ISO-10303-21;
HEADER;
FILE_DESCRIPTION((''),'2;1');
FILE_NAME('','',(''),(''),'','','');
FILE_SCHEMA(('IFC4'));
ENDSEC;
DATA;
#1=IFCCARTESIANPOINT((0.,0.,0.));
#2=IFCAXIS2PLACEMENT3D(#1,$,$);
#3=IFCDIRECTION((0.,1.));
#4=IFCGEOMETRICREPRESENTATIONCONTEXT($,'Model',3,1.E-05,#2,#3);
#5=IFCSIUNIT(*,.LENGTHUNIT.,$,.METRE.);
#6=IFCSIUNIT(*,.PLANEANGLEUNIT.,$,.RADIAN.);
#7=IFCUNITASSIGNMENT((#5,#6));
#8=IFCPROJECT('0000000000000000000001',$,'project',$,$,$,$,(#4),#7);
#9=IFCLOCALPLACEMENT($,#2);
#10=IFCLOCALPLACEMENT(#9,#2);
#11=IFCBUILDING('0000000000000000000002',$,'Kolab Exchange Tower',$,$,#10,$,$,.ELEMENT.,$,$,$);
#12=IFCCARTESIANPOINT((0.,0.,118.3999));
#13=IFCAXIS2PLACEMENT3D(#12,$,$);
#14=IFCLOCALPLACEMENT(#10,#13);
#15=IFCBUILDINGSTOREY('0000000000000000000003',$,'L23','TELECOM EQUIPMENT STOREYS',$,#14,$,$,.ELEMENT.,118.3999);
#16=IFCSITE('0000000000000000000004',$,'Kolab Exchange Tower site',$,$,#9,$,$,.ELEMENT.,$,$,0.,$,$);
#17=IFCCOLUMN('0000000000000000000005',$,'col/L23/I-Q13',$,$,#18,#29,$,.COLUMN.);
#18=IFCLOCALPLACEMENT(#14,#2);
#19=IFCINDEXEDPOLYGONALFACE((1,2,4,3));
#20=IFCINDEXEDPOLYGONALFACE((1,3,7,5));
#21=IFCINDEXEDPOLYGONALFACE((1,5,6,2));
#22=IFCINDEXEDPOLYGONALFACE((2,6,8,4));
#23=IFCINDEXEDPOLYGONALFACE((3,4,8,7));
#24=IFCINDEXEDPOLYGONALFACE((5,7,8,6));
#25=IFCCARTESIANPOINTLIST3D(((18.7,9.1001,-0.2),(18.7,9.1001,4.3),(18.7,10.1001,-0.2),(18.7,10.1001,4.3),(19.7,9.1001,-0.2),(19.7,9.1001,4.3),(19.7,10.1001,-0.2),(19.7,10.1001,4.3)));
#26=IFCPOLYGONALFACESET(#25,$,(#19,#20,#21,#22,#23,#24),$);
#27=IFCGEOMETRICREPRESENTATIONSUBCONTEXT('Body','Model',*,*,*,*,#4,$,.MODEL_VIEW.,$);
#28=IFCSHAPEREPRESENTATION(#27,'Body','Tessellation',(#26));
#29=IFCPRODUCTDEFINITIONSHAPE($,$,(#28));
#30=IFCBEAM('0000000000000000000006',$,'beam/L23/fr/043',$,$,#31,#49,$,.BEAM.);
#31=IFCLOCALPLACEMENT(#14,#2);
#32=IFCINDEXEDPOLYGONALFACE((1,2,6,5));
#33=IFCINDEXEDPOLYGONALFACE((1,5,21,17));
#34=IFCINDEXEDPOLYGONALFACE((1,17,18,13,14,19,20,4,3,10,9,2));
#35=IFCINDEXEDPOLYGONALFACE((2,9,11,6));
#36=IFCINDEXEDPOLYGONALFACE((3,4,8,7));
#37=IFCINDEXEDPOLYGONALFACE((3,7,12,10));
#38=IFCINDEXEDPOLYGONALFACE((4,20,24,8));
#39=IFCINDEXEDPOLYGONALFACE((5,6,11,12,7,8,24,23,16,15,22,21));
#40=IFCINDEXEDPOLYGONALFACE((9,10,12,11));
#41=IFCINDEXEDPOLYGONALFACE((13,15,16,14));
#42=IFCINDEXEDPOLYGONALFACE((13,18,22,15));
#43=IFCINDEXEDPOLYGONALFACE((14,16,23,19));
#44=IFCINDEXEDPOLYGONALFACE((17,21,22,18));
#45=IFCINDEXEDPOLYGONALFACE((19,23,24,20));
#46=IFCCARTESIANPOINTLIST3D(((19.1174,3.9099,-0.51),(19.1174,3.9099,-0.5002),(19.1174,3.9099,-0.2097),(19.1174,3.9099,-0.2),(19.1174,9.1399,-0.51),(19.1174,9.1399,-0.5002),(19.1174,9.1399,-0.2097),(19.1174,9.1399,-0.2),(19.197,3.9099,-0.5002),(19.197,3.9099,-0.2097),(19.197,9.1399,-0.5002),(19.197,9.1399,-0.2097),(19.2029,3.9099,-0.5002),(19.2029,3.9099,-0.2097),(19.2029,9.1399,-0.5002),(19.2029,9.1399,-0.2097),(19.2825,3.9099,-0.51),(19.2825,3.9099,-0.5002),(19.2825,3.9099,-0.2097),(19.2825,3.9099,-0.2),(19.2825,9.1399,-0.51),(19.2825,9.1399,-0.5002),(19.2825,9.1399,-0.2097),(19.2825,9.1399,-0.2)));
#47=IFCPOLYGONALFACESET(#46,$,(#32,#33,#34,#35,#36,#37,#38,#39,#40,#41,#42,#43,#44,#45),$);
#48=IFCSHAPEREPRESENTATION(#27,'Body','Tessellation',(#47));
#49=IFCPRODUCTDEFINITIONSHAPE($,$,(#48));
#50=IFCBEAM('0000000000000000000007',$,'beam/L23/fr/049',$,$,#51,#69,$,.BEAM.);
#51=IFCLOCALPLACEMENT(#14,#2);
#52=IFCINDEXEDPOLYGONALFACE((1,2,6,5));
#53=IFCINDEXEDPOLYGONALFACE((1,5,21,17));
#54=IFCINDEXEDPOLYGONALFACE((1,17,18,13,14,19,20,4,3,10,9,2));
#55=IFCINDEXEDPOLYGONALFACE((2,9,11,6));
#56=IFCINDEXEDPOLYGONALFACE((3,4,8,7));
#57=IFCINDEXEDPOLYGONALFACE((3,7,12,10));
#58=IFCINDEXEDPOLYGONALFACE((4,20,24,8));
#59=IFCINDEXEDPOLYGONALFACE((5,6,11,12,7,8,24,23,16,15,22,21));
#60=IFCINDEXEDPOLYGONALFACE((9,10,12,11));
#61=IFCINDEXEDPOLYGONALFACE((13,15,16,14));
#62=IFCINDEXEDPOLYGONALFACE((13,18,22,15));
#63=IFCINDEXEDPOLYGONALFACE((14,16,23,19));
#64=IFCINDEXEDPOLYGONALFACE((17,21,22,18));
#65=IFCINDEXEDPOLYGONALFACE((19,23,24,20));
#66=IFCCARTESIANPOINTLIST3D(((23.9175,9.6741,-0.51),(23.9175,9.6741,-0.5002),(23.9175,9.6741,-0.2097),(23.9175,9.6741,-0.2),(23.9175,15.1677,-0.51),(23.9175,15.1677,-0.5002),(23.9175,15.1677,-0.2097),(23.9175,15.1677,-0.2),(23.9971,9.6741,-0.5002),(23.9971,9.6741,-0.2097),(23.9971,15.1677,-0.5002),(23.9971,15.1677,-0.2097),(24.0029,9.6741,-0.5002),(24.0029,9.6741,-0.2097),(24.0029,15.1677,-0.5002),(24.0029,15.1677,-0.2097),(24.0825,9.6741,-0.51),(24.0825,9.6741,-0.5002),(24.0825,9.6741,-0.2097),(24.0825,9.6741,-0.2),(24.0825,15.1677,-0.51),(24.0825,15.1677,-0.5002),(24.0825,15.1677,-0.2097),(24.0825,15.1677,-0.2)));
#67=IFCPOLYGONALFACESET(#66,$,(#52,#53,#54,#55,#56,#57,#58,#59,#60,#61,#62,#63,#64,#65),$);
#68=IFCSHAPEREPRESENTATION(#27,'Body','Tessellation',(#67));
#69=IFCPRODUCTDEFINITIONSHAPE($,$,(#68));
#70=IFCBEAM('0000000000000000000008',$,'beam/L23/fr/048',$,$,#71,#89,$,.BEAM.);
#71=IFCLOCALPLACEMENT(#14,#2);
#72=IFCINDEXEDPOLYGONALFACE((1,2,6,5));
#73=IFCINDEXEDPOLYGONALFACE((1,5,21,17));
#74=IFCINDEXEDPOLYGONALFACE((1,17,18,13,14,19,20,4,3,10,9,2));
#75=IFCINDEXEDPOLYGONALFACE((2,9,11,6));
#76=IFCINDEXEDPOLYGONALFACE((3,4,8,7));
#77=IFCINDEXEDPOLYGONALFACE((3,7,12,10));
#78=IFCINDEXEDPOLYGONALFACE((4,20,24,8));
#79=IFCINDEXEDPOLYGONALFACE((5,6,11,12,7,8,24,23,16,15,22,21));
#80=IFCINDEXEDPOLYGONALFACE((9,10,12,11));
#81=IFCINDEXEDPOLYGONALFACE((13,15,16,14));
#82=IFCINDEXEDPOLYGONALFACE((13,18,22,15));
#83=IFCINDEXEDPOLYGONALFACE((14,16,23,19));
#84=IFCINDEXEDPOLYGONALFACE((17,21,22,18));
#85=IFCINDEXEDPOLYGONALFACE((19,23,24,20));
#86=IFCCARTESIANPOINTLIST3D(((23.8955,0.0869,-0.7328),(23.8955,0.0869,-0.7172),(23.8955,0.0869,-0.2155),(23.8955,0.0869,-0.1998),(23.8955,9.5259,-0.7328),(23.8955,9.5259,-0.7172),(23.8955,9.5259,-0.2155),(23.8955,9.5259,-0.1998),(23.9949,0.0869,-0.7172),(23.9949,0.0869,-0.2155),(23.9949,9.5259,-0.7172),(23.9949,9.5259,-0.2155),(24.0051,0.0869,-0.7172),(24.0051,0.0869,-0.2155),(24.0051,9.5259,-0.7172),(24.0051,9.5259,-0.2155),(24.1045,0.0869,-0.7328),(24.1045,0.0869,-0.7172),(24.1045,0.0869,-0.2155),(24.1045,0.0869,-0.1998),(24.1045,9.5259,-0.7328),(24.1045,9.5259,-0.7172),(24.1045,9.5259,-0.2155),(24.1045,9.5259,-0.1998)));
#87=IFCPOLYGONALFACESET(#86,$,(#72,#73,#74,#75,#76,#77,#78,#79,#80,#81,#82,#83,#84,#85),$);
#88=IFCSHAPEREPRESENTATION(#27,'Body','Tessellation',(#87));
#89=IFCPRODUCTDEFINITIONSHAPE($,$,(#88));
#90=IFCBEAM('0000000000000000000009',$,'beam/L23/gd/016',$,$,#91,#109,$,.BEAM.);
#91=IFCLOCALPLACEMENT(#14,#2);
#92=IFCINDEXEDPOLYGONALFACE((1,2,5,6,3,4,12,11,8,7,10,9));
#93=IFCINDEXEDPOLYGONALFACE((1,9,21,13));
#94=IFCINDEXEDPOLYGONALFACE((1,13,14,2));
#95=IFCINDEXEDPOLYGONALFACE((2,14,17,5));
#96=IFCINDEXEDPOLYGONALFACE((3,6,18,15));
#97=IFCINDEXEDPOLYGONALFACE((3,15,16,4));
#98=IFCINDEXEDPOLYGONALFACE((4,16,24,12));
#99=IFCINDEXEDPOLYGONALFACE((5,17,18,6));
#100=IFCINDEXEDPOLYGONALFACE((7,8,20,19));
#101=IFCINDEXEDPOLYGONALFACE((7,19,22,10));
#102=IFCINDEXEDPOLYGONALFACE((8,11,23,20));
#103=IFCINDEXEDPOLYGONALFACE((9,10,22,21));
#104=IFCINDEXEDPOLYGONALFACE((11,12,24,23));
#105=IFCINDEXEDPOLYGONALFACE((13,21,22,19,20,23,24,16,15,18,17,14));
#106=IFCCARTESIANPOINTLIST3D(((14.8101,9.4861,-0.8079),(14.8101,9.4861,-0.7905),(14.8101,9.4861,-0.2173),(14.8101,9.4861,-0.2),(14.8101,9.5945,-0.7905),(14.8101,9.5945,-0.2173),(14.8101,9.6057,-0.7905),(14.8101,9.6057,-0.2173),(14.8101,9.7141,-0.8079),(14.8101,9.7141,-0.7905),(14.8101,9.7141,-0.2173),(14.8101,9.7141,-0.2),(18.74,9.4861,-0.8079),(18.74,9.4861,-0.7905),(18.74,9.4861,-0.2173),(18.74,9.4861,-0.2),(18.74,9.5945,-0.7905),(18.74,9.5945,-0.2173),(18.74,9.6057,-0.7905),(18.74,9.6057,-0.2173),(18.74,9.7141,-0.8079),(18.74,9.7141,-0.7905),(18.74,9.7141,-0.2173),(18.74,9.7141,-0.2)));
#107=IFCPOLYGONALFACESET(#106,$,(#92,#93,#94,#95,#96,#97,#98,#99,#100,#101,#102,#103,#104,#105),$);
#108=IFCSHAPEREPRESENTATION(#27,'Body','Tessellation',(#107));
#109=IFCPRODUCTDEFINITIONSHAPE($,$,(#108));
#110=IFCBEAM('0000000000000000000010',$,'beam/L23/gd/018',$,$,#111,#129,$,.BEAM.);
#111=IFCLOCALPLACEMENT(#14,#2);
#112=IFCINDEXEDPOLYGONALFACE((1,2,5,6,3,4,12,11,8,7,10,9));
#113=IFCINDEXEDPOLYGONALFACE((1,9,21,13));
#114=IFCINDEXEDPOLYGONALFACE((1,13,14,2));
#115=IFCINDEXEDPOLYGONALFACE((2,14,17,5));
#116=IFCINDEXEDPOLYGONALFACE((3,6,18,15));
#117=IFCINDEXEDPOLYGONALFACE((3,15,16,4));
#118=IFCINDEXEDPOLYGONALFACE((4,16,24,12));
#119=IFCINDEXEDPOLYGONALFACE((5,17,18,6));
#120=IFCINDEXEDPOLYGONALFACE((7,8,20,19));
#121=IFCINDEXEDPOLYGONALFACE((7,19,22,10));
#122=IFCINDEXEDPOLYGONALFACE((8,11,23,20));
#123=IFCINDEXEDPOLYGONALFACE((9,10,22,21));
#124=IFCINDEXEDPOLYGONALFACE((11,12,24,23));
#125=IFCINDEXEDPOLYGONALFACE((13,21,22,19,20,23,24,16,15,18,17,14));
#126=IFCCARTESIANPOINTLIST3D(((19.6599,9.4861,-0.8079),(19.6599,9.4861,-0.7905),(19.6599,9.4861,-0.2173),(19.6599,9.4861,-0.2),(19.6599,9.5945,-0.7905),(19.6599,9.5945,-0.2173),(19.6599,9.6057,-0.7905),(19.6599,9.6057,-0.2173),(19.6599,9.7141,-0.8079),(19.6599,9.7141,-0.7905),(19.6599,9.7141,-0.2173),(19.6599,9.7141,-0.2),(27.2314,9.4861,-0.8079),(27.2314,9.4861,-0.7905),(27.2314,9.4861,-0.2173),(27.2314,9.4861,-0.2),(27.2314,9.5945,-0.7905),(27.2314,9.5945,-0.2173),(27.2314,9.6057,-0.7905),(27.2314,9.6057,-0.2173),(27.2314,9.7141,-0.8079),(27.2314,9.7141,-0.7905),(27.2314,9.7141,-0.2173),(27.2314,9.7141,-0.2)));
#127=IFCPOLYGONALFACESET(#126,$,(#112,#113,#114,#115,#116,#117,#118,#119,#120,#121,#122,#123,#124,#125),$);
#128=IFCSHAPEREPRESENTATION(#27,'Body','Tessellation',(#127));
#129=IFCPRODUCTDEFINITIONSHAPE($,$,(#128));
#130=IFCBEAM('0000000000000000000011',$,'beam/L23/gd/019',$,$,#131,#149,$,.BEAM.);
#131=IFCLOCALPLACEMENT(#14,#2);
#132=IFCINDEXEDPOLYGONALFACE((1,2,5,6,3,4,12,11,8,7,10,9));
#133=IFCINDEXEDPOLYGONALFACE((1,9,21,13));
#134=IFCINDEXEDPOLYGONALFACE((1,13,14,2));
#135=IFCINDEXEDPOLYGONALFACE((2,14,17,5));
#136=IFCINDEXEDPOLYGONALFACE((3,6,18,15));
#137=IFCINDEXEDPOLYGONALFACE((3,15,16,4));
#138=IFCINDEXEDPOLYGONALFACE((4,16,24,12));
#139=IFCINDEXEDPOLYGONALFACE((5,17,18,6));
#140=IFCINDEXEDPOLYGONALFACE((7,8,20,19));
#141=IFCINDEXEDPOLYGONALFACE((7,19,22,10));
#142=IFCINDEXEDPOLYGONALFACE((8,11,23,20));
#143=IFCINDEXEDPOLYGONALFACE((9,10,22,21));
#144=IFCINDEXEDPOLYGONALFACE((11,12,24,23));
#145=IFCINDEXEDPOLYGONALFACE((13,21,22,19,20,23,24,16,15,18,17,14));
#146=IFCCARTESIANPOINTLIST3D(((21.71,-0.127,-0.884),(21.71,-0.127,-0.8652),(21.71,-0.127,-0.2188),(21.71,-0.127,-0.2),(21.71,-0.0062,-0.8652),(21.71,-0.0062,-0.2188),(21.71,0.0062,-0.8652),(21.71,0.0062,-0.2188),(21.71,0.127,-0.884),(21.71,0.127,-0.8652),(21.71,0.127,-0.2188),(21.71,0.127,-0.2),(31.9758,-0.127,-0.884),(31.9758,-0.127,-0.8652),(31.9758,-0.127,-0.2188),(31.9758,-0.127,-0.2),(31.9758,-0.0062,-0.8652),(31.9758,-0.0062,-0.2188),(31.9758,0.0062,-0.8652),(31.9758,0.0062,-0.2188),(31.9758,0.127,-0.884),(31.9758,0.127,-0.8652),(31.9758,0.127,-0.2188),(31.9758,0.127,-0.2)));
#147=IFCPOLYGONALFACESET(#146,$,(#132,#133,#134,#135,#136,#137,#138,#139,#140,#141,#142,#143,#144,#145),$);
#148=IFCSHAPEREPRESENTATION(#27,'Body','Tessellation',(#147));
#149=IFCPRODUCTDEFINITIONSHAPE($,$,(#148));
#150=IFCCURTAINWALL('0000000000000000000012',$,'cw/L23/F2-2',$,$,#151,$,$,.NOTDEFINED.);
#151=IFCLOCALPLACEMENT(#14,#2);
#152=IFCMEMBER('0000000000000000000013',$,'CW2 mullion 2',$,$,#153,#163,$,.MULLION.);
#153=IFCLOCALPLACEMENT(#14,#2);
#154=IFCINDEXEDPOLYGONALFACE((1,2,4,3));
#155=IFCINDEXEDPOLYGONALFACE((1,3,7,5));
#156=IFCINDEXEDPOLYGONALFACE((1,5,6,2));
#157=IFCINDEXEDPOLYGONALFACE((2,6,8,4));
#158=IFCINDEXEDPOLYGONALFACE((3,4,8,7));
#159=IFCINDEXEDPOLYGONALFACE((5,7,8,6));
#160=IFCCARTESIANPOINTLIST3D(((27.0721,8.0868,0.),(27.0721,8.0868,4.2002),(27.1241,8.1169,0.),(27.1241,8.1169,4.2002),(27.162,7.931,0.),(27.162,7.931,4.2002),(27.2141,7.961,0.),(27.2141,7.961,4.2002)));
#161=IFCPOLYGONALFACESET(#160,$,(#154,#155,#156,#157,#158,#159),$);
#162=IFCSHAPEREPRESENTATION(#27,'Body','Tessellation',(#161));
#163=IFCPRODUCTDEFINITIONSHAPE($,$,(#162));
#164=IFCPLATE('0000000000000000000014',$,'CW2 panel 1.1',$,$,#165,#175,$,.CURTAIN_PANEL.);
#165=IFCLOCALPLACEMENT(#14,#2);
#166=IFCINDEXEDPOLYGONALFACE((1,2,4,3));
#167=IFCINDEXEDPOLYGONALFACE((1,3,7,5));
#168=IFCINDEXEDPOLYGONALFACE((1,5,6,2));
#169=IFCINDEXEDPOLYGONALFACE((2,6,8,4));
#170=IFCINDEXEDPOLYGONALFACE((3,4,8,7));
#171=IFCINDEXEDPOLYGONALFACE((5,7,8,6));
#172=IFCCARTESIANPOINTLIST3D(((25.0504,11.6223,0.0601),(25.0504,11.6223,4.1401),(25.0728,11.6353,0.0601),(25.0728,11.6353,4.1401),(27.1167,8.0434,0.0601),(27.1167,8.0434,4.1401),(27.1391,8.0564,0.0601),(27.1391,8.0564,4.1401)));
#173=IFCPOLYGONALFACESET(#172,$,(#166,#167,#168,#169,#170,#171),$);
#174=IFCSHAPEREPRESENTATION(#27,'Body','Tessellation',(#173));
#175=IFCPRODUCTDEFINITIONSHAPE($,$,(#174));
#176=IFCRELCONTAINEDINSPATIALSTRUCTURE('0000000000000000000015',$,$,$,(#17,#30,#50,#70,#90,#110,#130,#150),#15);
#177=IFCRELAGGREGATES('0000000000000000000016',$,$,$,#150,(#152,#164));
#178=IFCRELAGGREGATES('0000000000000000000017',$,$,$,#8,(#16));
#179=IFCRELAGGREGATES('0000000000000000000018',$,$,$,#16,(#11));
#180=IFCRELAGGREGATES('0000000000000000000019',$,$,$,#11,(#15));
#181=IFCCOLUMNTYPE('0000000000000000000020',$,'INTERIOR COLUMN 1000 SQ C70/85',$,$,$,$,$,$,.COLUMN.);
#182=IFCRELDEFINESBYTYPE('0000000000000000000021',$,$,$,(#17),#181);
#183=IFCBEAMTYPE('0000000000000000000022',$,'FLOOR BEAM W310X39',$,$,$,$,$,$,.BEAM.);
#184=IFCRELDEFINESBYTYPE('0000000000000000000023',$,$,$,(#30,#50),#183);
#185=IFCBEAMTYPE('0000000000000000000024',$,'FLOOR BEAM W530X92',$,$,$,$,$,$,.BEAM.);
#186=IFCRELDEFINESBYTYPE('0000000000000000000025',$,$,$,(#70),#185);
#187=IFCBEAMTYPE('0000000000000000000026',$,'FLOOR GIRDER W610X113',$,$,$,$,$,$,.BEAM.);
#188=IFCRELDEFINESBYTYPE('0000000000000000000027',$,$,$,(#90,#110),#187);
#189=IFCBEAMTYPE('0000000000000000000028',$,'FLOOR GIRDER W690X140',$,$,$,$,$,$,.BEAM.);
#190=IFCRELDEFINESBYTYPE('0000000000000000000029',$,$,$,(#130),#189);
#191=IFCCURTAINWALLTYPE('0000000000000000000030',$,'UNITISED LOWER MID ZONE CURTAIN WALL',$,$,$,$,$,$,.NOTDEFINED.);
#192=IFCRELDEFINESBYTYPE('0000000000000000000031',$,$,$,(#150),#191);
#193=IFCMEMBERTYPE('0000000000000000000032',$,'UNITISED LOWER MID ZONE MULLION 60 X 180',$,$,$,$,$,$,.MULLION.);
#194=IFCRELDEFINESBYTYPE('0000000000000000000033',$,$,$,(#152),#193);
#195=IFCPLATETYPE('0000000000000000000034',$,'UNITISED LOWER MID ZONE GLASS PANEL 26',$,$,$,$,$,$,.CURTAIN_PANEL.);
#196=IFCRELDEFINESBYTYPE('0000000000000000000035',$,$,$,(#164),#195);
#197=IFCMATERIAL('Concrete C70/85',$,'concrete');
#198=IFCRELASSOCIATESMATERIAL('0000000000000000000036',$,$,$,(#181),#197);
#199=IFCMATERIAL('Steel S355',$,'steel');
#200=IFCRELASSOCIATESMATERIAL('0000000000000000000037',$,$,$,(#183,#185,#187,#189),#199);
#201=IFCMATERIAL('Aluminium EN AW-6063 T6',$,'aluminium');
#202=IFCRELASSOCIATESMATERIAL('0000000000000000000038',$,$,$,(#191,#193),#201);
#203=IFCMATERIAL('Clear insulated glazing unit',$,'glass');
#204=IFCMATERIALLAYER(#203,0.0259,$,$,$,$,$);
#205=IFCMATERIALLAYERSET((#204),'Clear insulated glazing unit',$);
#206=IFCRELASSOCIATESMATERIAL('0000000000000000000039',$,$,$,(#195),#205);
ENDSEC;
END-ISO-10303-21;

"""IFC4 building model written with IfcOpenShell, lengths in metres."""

from ifc_helpers import new_model, si_unit, direction, frame, origin, origin_2d, place, context, subcontext, project, spatial, rectangle, i_section, extrude, material, layer, layer_set, material_profile, profile_set, type_object, element, aggregate, save


model = new_model("IFC4")

# Units and contexts
model_context = context("Model", 3, precision=1e-05, world=origin(), true_north=direction((0.0, 1.0)))
body_context = subcontext(model_context, "Body", "Model", "MODEL_VIEW")
ifc_project = project(units=[si_unit("LENGTHUNIT", "METRE"), si_unit("PLANEANGLEUNIT", "RADIAN")], contexts=[model_context])

# Site, building, storey
site_placement = place(None, origin())
site = spatial("IfcSite", under=ifc_project, at=site_placement, Name="Kolab Exchange Tower site", CompositionType="ELEMENT", RefElevation=0.0)
building_placement = place(site_placement, origin())
building = spatial("IfcBuilding", under=site, at=building_placement, Name="Kolab Exchange Tower", CompositionType="ELEMENT")
storey_placement = place(building_placement, frame((0.0, 0.0, 118.3999)))
storey = spatial("IfcBuildingStorey", under=building, at=storey_placement, Name="L23", Description="TELECOM EQUIPMENT STOREYS", CompositionType="ELEMENT", Elevation=118.3999)

# Column
ifc_material_1 = material(Name="Concrete C70/85", Category="concrete")
ifc_material_profile_1 = material_profile(ifc_material_1, rectangle(XDim=1.0, YDim=1.0, at=origin_2d()), Name="RC1000")
ifc_profile_set_1 = profile_set([ifc_material_profile_1], Name="Concrete C70/85")
column_type = type_object("IfcColumnType", Name="INTERIOR COLUMN 1000 SQ C70/85", PredefinedType="COLUMN", material=ifc_profile_set_1)
column_placement = place(storey_placement, frame((19.2, 9.6001, -0.2), z_axis=(0.0, 0.0, 1.0), x_axis=(1.0, 0.0, 0.0)))
element("IfcColumn", 1, at=column_placement, inside=storey, type_object=column_type, Name="col/L23/I-Q13", PredefinedType="COLUMN", context=body_context, shape_type="SweptSolid", body=[
    extrude(rectangle(XDim=1.0, YDim=1.0, at=origin_2d()), origin(), (0.0, 0.0, 1.0), 4.5),
])

# Beams
ifc_material_2 = material(Name="Steel S355", Category="steel")
ifc_material_profile_2 = material_profile(ifc_material_2, i_section(OverallWidth=0.165, OverallDepth=0.3101, WebThickness=0.0059, FlangeThickness=0.0098, at=origin_2d()), Name="W310X39")
ifc_profile_set_2 = profile_set([ifc_material_profile_2], Name="Steel S355")
beam_type_1 = type_object("IfcBeamType", Name="FLOOR BEAM W310X39", PredefinedType="BEAM", material=ifc_profile_set_2)
beam_1_placement = place(storey_placement, frame((19.2, 3.9099, -0.355), z_axis=(0.0, 1.0, 0.0), x_axis=(-1.0, 0.0, 0.0)))
element("IfcBeam", 2, at=beam_1_placement, inside=storey, type_object=beam_type_1, Name="beam/L23/fr/043", PredefinedType="BEAM", context=body_context, shape_type="SweptSolid", body=[
    extrude(i_section(OverallWidth=0.165, OverallDepth=0.3101, WebThickness=0.0059, FlangeThickness=0.0098, at=origin_2d()), origin(), (0.0, 0.0, 1.0), 5.23),
])
beam_2_placement = place(storey_placement, frame((24.0, 9.6741, -0.355), z_axis=(0.0, 1.0, 0.0), x_axis=(-1.0, 0.0, 0.0)))
element("IfcBeam", 3, at=beam_2_placement, inside=storey, type_object=beam_type_1, Name="beam/L23/fr/049", PredefinedType="BEAM", context=body_context, shape_type="SweptSolid", body=[
    extrude(i_section(OverallWidth=0.165, OverallDepth=0.3101, WebThickness=0.0059, FlangeThickness=0.0098, at=origin_2d()), origin(), (0.0, 0.0, 1.0), 5.4937),
])
ifc_material_profile_3 = material_profile(ifc_material_2, i_section(OverallWidth=0.209, OverallDepth=0.533, WebThickness=0.0103, FlangeThickness=0.0156, at=origin_2d()), Name="W530X92")
ifc_profile_set_3 = profile_set([ifc_material_profile_3], Name="Steel S355")
beam_type_2 = type_object("IfcBeamType", Name="FLOOR BEAM W530X92", PredefinedType="BEAM", material=ifc_profile_set_3)
beam_3_placement = place(storey_placement, frame((24.0, 0.0869, -0.4663), z_axis=(0.0, 1.0, 0.0), x_axis=(-1.0, 0.0, 0.0)))
element("IfcBeam", 4, at=beam_3_placement, inside=storey, type_object=beam_type_2, Name="beam/L23/fr/048", PredefinedType="BEAM", context=body_context, shape_type="SweptSolid", body=[
    extrude(i_section(OverallWidth=0.209, OverallDepth=0.533, WebThickness=0.0103, FlangeThickness=0.0156, at=origin_2d()), origin(), (0.0, 0.0, 1.0), 9.439),
])
ifc_material_profile_4 = material_profile(ifc_material_2, i_section(OverallWidth=0.228, OverallDepth=0.6079, WebThickness=0.0112, FlangeThickness=0.0173, at=origin_2d()), Name="W610X113")
ifc_profile_set_4 = profile_set([ifc_material_profile_4], Name="Steel S355")
beam_type_3 = type_object("IfcBeamType", Name="FLOOR GIRDER W610X113", PredefinedType="BEAM", material=ifc_profile_set_4)
beam_4_placement = place(storey_placement, frame((14.8101, 9.6001, -0.5039), z_axis=(1.0, 0.0, 0.0), x_axis=(0.0, 1.0, 0.0)))
element("IfcBeam", 5, at=beam_4_placement, inside=storey, type_object=beam_type_3, Name="beam/L23/gd/016", PredefinedType="BEAM", context=body_context, shape_type="SweptSolid", body=[
    extrude(i_section(OverallWidth=0.228, OverallDepth=0.6079, WebThickness=0.0112, FlangeThickness=0.0173, at=origin_2d()), origin(), (0.0, 0.0, 1.0), 3.9299),
])
beam_5_placement = place(storey_placement, frame((19.6599, 9.6001, -0.5039), z_axis=(1.0, 0.0, 0.0), x_axis=(0.0, 1.0, 0.0)))
element("IfcBeam", 6, at=beam_5_placement, inside=storey, type_object=beam_type_3, Name="beam/L23/gd/018", PredefinedType="BEAM", context=body_context, shape_type="SweptSolid", body=[
    extrude(i_section(OverallWidth=0.228, OverallDepth=0.6079, WebThickness=0.0112, FlangeThickness=0.0173, at=origin_2d()), origin(), (0.0, 0.0, 1.0), 7.5715),
])
ifc_material_profile_5 = material_profile(ifc_material_2, i_section(OverallWidth=0.2539, OverallDepth=0.6841, WebThickness=0.0125, FlangeThickness=0.0188, at=origin_2d()), Name="W690X140")
ifc_profile_set_5 = profile_set([ifc_material_profile_5], Name="Steel S355")
beam_type_4 = type_object("IfcBeamType", Name="FLOOR GIRDER W690X140", PredefinedType="BEAM", material=ifc_profile_set_5)
beam_6_placement = place(storey_placement, frame((21.71, 0.0, -0.542), z_axis=(1.0, 0.0, 0.0), x_axis=(0.0, 1.0, 0.0)))
element("IfcBeam", 7, at=beam_6_placement, inside=storey, type_object=beam_type_4, Name="beam/L23/gd/019", PredefinedType="BEAM", context=body_context, shape_type="SweptSolid", body=[
    extrude(i_section(OverallWidth=0.2539, OverallDepth=0.6841, WebThickness=0.0125, FlangeThickness=0.0188, at=origin_2d()), origin(), (0.0, 0.0, 1.0), 10.2659),
])

# Curtain wall, member, plate
ifc_material_3 = material(Name="Aluminium EN AW-6063 T6", Category="aluminium")
curtain_wall_type = type_object("IfcCurtainWallType", Name="UNITISED LOWER MID ZONE CURTAIN WALL", PredefinedType="NOTDEFINED", material=ifc_material_3)
curtain_wall_placement = place(storey_placement, origin())
curtain_wall = element("IfcCurtainWall", 8, at=curtain_wall_placement, inside=storey, type_object=curtain_wall_type, Name="cw/L23/F2-2", PredefinedType="NOTDEFINED")
ifc_material_profile_6 = material_profile(ifc_material_3, rectangle(XDim=0.0601, YDim=0.1799, at=origin_2d()), Name="RECT 60X180")
ifc_profile_set_6 = profile_set([ifc_material_profile_6], Name="Aluminium EN AW-6063 T6")
member_type = type_object("IfcMemberType", Name="UNITISED LOWER MID ZONE MULLION 60 X 180", PredefinedType="MULLION", material=ifc_profile_set_6)
member_placement = place(storey_placement, frame((27.1431, 8.0239, 0.0), z_axis=(0.0, 0.0, 1.0), x_axis=(0.866025, 0.5, 0.0)))
member = element("IfcMember", 9, at=member_placement, type_object=member_type, Name="CW2 mullion 2", PredefinedType="MULLION", context=body_context, shape_type="SweptSolid", body=[
    extrude(rectangle(XDim=0.0601, YDim=0.1799, at=origin_2d()), origin(), (0.0, 0.0, 1.0), 4.2002),
])
ifc_material_4 = material(Name="Clear insulated glazing unit", Category="glass")
ifc_layer_1 = layer(ifc_material_4, 0.0259)
ifc_layer_set_1 = layer_set([ifc_layer_1], Name="Clear insulated glazing unit")
plate_type = type_object("IfcPlateType", Name="UNITISED LOWER MID ZONE GLASS PANEL 26", PredefinedType="CURTAIN_PANEL", material=ifc_layer_set_1)
plate_placement = place(storey_placement, frame((26.0947, 9.8394, 0.0601), z_axis=(0.0, 0.0, 1.0), x_axis=(0.5, -0.866025, 0.0)))
plate = element("IfcPlate", 10, at=plate_placement, type_object=plate_type, Name="CW2 panel 1.1", PredefinedType="CURTAIN_PANEL", context=body_context, shape_type="SweptSolid", body=[
    extrude(rectangle(XDim=4.1326, YDim=0.0259, at=origin_2d()), origin(), (0.0, 0.0, 1.0), 4.0801),
])
aggregate(curtain_wall, [member, plate])

save(model, "model.ifc")
